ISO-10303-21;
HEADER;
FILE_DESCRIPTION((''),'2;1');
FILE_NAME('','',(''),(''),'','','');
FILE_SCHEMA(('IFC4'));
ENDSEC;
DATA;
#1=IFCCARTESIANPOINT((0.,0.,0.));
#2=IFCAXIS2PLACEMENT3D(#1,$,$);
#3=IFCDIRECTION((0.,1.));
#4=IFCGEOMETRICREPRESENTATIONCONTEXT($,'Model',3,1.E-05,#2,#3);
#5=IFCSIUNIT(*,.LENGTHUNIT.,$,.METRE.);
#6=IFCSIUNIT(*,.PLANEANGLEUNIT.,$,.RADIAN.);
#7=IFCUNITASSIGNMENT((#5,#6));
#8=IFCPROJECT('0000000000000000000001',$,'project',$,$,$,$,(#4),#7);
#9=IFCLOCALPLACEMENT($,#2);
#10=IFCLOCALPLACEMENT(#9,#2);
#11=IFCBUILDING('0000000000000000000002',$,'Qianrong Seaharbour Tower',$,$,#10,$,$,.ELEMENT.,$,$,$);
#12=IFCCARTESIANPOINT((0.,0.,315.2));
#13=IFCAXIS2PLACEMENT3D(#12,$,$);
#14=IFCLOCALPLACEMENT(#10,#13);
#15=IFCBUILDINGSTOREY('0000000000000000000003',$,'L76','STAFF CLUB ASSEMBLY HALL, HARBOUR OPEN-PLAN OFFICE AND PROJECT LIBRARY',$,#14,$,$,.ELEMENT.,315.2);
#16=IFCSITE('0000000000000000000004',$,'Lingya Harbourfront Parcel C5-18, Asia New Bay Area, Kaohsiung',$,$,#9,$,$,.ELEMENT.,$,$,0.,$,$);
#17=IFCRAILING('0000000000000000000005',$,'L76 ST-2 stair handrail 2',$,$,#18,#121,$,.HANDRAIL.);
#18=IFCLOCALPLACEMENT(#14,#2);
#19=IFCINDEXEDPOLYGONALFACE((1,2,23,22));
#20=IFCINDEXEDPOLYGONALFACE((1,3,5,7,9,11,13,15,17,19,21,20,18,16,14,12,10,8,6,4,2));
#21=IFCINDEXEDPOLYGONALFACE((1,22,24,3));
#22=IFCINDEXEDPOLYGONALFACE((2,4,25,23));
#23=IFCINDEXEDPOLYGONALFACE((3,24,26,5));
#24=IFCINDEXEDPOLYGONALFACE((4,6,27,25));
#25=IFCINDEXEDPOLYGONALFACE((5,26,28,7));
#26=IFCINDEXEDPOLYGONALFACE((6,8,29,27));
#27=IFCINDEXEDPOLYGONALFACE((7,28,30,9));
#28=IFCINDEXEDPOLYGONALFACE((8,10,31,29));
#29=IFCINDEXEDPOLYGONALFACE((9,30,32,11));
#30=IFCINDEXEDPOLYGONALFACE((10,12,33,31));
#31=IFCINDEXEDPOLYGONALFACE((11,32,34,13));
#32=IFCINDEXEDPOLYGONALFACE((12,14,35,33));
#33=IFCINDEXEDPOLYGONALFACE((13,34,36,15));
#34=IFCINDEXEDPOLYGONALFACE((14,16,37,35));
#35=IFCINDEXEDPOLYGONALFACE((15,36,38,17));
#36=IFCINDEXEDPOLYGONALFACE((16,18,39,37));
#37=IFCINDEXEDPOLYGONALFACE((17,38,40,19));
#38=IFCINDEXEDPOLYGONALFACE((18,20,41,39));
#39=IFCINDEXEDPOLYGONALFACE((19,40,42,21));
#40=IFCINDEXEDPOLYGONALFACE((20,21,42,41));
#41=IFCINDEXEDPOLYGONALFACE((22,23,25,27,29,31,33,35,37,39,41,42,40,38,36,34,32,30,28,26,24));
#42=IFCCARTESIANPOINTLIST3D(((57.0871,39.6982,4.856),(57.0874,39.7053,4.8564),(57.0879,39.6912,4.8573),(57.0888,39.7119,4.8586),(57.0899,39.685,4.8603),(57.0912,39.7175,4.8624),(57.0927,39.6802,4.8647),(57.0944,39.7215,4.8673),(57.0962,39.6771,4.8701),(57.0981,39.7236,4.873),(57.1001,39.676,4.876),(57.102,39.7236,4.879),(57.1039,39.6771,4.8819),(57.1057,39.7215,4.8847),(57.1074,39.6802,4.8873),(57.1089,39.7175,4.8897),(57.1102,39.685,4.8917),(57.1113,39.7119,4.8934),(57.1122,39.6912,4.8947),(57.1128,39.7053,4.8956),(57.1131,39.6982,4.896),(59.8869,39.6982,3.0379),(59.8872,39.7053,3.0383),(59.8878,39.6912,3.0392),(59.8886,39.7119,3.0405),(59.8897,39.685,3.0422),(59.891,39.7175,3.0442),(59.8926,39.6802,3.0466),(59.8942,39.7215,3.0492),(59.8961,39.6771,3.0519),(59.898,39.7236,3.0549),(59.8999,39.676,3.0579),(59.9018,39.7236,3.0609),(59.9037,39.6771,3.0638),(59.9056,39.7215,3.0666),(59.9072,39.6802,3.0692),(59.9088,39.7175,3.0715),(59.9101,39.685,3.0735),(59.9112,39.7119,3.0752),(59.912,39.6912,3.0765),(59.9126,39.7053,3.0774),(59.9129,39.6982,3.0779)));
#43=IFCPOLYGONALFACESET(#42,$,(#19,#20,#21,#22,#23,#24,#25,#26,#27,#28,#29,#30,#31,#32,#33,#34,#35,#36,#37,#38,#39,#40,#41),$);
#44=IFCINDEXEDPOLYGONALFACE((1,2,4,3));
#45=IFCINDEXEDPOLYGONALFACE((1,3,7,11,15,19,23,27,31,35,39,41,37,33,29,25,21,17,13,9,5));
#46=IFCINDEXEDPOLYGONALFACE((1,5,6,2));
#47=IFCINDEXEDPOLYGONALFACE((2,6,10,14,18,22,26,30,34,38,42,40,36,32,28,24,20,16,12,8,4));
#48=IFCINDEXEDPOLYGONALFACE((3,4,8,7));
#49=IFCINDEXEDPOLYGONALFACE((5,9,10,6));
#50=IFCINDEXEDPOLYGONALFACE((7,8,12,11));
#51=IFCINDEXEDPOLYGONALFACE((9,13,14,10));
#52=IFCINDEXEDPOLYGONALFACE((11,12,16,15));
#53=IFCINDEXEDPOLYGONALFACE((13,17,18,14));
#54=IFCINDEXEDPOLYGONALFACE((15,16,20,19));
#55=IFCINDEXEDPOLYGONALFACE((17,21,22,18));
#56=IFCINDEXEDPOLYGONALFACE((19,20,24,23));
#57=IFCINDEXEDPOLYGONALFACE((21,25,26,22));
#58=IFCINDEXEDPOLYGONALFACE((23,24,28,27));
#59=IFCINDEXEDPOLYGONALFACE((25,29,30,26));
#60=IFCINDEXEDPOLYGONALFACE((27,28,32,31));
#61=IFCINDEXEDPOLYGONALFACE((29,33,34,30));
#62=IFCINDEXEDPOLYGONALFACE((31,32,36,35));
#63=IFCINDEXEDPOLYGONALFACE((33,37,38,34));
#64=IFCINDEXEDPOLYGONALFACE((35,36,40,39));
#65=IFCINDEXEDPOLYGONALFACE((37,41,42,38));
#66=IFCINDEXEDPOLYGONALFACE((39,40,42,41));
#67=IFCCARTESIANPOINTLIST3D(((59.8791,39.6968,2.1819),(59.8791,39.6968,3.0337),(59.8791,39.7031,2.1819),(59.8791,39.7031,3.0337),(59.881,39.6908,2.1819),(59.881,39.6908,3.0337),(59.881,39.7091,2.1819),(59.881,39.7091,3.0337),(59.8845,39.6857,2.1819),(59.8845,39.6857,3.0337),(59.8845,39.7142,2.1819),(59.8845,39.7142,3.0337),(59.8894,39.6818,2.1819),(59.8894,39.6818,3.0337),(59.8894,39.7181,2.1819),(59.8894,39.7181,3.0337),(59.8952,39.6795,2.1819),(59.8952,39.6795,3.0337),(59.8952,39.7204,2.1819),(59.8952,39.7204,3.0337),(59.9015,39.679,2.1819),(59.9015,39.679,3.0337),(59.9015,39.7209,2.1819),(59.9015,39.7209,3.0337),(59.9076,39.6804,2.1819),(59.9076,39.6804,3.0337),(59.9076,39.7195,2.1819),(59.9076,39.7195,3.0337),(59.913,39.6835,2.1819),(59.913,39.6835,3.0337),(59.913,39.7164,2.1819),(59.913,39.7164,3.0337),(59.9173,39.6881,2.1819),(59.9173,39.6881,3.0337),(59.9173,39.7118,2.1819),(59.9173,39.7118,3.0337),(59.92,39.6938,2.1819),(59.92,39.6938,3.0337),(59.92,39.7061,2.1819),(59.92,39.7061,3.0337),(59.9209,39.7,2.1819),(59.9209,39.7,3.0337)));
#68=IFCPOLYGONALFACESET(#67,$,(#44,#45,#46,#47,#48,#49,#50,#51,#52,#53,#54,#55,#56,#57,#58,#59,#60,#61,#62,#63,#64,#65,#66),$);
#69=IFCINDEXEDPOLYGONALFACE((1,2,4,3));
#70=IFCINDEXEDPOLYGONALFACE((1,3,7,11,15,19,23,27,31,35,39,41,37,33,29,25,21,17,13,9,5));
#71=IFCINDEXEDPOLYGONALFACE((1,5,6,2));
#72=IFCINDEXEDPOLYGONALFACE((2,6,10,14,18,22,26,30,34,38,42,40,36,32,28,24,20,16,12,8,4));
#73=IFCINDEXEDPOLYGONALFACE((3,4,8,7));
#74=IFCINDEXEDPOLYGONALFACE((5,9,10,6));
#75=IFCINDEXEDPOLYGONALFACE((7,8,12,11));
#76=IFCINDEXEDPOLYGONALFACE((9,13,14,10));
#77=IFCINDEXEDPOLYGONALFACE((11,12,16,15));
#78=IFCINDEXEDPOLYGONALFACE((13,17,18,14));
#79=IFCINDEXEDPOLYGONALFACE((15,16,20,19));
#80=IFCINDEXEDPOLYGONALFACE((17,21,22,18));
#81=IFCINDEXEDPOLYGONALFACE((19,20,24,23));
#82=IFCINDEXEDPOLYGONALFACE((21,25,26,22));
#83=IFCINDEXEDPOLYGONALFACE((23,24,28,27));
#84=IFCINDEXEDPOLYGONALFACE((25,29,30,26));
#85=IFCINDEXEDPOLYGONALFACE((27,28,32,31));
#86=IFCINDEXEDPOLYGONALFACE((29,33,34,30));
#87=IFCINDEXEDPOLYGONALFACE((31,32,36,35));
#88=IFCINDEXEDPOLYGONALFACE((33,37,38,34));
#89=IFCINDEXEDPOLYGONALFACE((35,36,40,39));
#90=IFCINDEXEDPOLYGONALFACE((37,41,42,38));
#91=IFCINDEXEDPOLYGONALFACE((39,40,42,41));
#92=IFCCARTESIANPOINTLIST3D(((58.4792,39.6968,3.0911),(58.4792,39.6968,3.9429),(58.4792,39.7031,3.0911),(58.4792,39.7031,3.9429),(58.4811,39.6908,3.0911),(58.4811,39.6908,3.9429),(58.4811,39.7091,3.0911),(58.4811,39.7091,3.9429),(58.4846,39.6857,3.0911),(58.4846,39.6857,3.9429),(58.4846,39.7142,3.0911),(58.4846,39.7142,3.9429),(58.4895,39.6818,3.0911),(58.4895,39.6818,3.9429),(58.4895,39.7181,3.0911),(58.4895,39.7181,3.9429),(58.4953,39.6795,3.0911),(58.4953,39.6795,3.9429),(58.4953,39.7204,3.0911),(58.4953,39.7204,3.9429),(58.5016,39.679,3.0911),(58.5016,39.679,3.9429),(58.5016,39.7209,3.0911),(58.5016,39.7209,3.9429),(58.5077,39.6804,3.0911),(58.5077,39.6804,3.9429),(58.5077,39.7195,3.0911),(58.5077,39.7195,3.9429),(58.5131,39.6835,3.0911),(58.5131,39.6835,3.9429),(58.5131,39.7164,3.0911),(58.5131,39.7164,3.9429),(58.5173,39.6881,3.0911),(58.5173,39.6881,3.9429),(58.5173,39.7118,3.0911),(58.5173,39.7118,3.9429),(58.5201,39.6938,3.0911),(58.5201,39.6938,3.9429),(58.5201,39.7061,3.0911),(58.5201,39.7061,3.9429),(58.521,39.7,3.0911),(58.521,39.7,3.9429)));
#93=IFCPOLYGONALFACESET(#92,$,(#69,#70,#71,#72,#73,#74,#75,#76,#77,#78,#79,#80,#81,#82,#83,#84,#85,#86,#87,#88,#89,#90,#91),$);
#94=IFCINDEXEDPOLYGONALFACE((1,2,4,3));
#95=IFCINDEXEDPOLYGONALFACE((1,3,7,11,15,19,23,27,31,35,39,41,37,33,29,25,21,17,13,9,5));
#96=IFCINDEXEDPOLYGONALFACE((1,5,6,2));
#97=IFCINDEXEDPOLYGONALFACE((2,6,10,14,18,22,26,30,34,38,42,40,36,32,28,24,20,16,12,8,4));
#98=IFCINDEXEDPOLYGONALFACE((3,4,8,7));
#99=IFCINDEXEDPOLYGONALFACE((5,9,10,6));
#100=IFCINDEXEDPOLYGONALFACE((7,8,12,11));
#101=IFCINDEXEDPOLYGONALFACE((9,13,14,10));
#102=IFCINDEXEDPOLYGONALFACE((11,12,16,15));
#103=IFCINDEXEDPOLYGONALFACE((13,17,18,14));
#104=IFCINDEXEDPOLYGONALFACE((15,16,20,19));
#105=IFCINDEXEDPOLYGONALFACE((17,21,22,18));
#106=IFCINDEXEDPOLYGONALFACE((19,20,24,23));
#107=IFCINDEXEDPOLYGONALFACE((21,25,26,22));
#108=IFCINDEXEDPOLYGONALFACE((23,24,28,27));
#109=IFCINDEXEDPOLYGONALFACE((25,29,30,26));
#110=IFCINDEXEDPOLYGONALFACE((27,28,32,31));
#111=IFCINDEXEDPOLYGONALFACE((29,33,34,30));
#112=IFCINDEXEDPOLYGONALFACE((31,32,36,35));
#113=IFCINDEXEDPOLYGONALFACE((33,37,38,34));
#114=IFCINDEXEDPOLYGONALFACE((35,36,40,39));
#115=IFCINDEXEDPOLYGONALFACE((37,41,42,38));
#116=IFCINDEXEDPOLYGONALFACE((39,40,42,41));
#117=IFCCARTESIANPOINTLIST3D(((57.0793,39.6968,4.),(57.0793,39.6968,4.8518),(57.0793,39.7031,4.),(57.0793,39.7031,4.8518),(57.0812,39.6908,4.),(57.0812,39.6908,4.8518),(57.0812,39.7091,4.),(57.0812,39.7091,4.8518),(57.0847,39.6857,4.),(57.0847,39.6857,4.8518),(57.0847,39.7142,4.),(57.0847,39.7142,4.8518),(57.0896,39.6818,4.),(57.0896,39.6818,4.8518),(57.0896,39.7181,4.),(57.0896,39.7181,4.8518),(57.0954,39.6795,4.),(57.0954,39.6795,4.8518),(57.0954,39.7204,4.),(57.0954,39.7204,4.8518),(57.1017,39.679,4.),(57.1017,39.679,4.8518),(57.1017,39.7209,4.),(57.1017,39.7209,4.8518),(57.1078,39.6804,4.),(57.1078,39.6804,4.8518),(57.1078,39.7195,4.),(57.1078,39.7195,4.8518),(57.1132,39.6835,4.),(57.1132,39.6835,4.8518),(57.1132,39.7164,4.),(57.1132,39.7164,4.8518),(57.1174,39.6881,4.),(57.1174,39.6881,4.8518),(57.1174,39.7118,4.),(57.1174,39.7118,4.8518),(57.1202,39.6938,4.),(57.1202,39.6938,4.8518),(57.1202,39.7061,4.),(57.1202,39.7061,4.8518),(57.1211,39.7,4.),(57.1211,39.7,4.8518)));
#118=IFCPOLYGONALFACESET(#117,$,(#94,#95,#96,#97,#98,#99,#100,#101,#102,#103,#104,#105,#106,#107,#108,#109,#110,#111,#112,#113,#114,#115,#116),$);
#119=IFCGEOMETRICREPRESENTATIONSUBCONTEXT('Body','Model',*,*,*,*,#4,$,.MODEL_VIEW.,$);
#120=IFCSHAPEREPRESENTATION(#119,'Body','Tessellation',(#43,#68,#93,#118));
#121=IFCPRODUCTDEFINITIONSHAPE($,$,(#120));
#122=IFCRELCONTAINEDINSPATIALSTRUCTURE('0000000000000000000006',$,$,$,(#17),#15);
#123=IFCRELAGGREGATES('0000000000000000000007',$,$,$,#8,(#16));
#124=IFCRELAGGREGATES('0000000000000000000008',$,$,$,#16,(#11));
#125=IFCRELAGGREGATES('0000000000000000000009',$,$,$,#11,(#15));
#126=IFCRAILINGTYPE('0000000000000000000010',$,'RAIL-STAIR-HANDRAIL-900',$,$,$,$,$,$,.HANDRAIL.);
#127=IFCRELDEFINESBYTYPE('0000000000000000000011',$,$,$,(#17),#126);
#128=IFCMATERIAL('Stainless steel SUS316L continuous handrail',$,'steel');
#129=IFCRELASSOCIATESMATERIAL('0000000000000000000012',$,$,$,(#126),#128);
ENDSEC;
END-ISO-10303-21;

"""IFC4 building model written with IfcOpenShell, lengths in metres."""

from ifc_helpers import new_model, si_unit, direction, frame, origin, origin_2d, place, context, subcontext, project, spatial, circle, extrude, material, type_object, element, save


model = new_model("IFC4")

# Units and contexts
model_context = context("Model", 3, precision=1e-05, world=origin(), true_north=direction((0.0, 1.0)))
body_context = subcontext(model_context, "Body", "Model", "MODEL_VIEW")
ifc_project = project(units=[si_unit("LENGTHUNIT", "METRE"), si_unit("PLANEANGLEUNIT", "RADIAN")], contexts=[model_context])

# Site, building, storey
site_placement = place(None, origin())
site = spatial("IfcSite", under=ifc_project, at=site_placement, Name="Lingya Harbourfront Parcel C5-18, Asia New Bay Area, Kaohsiung", CompositionType="ELEMENT", RefElevation=0.0)
building_placement = place(site_placement, origin())
building = spatial("IfcBuilding", under=site, at=building_placement, Name="Qianrong Seaharbour Tower", CompositionType="ELEMENT")
storey_placement = place(building_placement, frame((0.0, 0.0, 315.2)))
storey = spatial("IfcBuildingStorey", under=building, at=storey_placement, Name="L76", Description="STAFF CLUB ASSEMBLY HALL, HARBOUR OPEN-PLAN OFFICE AND PROJECT LIBRARY", CompositionType="ELEMENT", Elevation=315.2)

# Railing
ifc_material_1 = material(Name="Stainless steel SUS316L continuous handrail", Category="steel")
railing_type_1 = type_object("IfcRailingType", Name="RAIL-STAIR-HANDRAIL-900", PredefinedType="HANDRAIL", material=ifc_material_1)
railing_1_placement = place(storey_placement, frame((59.8999, 39.7, 2.1819)))
element("IfcRailing", 1, at=railing_1_placement, inside=storey, type_object=railing_type_1, Name="L76 ST-2 stair handrail 2", PredefinedType="HANDRAIL", context=body_context, shape_type="SweptSolid", body=[
    extrude(circle(Radius=0.0239, at=origin_2d()), frame((0.0, 0.0, 0.876), z_axis=(-0.838684, 0.0, 0.544618), x_axis=(0.0, -1.0, 0.0)), (0.0, 0.0, 1.0), 3.3384),
    extrude(circle(Radius=0.021, at=origin_2d()), origin(), (0.0, 0.0, 1.0), 0.8518),
    extrude(circle(Radius=0.021, at=origin_2d()), frame((-1.3999, 0.0, 0.9092)), (0.0, 0.0, 1.0), 0.8518),
    extrude(circle(Radius=0.021, at=origin_2d()), frame((-2.7998, 0.0, 1.8181)), (0.0, 0.0, 1.0), 0.8518),
])

save(model, "model.ifc")
